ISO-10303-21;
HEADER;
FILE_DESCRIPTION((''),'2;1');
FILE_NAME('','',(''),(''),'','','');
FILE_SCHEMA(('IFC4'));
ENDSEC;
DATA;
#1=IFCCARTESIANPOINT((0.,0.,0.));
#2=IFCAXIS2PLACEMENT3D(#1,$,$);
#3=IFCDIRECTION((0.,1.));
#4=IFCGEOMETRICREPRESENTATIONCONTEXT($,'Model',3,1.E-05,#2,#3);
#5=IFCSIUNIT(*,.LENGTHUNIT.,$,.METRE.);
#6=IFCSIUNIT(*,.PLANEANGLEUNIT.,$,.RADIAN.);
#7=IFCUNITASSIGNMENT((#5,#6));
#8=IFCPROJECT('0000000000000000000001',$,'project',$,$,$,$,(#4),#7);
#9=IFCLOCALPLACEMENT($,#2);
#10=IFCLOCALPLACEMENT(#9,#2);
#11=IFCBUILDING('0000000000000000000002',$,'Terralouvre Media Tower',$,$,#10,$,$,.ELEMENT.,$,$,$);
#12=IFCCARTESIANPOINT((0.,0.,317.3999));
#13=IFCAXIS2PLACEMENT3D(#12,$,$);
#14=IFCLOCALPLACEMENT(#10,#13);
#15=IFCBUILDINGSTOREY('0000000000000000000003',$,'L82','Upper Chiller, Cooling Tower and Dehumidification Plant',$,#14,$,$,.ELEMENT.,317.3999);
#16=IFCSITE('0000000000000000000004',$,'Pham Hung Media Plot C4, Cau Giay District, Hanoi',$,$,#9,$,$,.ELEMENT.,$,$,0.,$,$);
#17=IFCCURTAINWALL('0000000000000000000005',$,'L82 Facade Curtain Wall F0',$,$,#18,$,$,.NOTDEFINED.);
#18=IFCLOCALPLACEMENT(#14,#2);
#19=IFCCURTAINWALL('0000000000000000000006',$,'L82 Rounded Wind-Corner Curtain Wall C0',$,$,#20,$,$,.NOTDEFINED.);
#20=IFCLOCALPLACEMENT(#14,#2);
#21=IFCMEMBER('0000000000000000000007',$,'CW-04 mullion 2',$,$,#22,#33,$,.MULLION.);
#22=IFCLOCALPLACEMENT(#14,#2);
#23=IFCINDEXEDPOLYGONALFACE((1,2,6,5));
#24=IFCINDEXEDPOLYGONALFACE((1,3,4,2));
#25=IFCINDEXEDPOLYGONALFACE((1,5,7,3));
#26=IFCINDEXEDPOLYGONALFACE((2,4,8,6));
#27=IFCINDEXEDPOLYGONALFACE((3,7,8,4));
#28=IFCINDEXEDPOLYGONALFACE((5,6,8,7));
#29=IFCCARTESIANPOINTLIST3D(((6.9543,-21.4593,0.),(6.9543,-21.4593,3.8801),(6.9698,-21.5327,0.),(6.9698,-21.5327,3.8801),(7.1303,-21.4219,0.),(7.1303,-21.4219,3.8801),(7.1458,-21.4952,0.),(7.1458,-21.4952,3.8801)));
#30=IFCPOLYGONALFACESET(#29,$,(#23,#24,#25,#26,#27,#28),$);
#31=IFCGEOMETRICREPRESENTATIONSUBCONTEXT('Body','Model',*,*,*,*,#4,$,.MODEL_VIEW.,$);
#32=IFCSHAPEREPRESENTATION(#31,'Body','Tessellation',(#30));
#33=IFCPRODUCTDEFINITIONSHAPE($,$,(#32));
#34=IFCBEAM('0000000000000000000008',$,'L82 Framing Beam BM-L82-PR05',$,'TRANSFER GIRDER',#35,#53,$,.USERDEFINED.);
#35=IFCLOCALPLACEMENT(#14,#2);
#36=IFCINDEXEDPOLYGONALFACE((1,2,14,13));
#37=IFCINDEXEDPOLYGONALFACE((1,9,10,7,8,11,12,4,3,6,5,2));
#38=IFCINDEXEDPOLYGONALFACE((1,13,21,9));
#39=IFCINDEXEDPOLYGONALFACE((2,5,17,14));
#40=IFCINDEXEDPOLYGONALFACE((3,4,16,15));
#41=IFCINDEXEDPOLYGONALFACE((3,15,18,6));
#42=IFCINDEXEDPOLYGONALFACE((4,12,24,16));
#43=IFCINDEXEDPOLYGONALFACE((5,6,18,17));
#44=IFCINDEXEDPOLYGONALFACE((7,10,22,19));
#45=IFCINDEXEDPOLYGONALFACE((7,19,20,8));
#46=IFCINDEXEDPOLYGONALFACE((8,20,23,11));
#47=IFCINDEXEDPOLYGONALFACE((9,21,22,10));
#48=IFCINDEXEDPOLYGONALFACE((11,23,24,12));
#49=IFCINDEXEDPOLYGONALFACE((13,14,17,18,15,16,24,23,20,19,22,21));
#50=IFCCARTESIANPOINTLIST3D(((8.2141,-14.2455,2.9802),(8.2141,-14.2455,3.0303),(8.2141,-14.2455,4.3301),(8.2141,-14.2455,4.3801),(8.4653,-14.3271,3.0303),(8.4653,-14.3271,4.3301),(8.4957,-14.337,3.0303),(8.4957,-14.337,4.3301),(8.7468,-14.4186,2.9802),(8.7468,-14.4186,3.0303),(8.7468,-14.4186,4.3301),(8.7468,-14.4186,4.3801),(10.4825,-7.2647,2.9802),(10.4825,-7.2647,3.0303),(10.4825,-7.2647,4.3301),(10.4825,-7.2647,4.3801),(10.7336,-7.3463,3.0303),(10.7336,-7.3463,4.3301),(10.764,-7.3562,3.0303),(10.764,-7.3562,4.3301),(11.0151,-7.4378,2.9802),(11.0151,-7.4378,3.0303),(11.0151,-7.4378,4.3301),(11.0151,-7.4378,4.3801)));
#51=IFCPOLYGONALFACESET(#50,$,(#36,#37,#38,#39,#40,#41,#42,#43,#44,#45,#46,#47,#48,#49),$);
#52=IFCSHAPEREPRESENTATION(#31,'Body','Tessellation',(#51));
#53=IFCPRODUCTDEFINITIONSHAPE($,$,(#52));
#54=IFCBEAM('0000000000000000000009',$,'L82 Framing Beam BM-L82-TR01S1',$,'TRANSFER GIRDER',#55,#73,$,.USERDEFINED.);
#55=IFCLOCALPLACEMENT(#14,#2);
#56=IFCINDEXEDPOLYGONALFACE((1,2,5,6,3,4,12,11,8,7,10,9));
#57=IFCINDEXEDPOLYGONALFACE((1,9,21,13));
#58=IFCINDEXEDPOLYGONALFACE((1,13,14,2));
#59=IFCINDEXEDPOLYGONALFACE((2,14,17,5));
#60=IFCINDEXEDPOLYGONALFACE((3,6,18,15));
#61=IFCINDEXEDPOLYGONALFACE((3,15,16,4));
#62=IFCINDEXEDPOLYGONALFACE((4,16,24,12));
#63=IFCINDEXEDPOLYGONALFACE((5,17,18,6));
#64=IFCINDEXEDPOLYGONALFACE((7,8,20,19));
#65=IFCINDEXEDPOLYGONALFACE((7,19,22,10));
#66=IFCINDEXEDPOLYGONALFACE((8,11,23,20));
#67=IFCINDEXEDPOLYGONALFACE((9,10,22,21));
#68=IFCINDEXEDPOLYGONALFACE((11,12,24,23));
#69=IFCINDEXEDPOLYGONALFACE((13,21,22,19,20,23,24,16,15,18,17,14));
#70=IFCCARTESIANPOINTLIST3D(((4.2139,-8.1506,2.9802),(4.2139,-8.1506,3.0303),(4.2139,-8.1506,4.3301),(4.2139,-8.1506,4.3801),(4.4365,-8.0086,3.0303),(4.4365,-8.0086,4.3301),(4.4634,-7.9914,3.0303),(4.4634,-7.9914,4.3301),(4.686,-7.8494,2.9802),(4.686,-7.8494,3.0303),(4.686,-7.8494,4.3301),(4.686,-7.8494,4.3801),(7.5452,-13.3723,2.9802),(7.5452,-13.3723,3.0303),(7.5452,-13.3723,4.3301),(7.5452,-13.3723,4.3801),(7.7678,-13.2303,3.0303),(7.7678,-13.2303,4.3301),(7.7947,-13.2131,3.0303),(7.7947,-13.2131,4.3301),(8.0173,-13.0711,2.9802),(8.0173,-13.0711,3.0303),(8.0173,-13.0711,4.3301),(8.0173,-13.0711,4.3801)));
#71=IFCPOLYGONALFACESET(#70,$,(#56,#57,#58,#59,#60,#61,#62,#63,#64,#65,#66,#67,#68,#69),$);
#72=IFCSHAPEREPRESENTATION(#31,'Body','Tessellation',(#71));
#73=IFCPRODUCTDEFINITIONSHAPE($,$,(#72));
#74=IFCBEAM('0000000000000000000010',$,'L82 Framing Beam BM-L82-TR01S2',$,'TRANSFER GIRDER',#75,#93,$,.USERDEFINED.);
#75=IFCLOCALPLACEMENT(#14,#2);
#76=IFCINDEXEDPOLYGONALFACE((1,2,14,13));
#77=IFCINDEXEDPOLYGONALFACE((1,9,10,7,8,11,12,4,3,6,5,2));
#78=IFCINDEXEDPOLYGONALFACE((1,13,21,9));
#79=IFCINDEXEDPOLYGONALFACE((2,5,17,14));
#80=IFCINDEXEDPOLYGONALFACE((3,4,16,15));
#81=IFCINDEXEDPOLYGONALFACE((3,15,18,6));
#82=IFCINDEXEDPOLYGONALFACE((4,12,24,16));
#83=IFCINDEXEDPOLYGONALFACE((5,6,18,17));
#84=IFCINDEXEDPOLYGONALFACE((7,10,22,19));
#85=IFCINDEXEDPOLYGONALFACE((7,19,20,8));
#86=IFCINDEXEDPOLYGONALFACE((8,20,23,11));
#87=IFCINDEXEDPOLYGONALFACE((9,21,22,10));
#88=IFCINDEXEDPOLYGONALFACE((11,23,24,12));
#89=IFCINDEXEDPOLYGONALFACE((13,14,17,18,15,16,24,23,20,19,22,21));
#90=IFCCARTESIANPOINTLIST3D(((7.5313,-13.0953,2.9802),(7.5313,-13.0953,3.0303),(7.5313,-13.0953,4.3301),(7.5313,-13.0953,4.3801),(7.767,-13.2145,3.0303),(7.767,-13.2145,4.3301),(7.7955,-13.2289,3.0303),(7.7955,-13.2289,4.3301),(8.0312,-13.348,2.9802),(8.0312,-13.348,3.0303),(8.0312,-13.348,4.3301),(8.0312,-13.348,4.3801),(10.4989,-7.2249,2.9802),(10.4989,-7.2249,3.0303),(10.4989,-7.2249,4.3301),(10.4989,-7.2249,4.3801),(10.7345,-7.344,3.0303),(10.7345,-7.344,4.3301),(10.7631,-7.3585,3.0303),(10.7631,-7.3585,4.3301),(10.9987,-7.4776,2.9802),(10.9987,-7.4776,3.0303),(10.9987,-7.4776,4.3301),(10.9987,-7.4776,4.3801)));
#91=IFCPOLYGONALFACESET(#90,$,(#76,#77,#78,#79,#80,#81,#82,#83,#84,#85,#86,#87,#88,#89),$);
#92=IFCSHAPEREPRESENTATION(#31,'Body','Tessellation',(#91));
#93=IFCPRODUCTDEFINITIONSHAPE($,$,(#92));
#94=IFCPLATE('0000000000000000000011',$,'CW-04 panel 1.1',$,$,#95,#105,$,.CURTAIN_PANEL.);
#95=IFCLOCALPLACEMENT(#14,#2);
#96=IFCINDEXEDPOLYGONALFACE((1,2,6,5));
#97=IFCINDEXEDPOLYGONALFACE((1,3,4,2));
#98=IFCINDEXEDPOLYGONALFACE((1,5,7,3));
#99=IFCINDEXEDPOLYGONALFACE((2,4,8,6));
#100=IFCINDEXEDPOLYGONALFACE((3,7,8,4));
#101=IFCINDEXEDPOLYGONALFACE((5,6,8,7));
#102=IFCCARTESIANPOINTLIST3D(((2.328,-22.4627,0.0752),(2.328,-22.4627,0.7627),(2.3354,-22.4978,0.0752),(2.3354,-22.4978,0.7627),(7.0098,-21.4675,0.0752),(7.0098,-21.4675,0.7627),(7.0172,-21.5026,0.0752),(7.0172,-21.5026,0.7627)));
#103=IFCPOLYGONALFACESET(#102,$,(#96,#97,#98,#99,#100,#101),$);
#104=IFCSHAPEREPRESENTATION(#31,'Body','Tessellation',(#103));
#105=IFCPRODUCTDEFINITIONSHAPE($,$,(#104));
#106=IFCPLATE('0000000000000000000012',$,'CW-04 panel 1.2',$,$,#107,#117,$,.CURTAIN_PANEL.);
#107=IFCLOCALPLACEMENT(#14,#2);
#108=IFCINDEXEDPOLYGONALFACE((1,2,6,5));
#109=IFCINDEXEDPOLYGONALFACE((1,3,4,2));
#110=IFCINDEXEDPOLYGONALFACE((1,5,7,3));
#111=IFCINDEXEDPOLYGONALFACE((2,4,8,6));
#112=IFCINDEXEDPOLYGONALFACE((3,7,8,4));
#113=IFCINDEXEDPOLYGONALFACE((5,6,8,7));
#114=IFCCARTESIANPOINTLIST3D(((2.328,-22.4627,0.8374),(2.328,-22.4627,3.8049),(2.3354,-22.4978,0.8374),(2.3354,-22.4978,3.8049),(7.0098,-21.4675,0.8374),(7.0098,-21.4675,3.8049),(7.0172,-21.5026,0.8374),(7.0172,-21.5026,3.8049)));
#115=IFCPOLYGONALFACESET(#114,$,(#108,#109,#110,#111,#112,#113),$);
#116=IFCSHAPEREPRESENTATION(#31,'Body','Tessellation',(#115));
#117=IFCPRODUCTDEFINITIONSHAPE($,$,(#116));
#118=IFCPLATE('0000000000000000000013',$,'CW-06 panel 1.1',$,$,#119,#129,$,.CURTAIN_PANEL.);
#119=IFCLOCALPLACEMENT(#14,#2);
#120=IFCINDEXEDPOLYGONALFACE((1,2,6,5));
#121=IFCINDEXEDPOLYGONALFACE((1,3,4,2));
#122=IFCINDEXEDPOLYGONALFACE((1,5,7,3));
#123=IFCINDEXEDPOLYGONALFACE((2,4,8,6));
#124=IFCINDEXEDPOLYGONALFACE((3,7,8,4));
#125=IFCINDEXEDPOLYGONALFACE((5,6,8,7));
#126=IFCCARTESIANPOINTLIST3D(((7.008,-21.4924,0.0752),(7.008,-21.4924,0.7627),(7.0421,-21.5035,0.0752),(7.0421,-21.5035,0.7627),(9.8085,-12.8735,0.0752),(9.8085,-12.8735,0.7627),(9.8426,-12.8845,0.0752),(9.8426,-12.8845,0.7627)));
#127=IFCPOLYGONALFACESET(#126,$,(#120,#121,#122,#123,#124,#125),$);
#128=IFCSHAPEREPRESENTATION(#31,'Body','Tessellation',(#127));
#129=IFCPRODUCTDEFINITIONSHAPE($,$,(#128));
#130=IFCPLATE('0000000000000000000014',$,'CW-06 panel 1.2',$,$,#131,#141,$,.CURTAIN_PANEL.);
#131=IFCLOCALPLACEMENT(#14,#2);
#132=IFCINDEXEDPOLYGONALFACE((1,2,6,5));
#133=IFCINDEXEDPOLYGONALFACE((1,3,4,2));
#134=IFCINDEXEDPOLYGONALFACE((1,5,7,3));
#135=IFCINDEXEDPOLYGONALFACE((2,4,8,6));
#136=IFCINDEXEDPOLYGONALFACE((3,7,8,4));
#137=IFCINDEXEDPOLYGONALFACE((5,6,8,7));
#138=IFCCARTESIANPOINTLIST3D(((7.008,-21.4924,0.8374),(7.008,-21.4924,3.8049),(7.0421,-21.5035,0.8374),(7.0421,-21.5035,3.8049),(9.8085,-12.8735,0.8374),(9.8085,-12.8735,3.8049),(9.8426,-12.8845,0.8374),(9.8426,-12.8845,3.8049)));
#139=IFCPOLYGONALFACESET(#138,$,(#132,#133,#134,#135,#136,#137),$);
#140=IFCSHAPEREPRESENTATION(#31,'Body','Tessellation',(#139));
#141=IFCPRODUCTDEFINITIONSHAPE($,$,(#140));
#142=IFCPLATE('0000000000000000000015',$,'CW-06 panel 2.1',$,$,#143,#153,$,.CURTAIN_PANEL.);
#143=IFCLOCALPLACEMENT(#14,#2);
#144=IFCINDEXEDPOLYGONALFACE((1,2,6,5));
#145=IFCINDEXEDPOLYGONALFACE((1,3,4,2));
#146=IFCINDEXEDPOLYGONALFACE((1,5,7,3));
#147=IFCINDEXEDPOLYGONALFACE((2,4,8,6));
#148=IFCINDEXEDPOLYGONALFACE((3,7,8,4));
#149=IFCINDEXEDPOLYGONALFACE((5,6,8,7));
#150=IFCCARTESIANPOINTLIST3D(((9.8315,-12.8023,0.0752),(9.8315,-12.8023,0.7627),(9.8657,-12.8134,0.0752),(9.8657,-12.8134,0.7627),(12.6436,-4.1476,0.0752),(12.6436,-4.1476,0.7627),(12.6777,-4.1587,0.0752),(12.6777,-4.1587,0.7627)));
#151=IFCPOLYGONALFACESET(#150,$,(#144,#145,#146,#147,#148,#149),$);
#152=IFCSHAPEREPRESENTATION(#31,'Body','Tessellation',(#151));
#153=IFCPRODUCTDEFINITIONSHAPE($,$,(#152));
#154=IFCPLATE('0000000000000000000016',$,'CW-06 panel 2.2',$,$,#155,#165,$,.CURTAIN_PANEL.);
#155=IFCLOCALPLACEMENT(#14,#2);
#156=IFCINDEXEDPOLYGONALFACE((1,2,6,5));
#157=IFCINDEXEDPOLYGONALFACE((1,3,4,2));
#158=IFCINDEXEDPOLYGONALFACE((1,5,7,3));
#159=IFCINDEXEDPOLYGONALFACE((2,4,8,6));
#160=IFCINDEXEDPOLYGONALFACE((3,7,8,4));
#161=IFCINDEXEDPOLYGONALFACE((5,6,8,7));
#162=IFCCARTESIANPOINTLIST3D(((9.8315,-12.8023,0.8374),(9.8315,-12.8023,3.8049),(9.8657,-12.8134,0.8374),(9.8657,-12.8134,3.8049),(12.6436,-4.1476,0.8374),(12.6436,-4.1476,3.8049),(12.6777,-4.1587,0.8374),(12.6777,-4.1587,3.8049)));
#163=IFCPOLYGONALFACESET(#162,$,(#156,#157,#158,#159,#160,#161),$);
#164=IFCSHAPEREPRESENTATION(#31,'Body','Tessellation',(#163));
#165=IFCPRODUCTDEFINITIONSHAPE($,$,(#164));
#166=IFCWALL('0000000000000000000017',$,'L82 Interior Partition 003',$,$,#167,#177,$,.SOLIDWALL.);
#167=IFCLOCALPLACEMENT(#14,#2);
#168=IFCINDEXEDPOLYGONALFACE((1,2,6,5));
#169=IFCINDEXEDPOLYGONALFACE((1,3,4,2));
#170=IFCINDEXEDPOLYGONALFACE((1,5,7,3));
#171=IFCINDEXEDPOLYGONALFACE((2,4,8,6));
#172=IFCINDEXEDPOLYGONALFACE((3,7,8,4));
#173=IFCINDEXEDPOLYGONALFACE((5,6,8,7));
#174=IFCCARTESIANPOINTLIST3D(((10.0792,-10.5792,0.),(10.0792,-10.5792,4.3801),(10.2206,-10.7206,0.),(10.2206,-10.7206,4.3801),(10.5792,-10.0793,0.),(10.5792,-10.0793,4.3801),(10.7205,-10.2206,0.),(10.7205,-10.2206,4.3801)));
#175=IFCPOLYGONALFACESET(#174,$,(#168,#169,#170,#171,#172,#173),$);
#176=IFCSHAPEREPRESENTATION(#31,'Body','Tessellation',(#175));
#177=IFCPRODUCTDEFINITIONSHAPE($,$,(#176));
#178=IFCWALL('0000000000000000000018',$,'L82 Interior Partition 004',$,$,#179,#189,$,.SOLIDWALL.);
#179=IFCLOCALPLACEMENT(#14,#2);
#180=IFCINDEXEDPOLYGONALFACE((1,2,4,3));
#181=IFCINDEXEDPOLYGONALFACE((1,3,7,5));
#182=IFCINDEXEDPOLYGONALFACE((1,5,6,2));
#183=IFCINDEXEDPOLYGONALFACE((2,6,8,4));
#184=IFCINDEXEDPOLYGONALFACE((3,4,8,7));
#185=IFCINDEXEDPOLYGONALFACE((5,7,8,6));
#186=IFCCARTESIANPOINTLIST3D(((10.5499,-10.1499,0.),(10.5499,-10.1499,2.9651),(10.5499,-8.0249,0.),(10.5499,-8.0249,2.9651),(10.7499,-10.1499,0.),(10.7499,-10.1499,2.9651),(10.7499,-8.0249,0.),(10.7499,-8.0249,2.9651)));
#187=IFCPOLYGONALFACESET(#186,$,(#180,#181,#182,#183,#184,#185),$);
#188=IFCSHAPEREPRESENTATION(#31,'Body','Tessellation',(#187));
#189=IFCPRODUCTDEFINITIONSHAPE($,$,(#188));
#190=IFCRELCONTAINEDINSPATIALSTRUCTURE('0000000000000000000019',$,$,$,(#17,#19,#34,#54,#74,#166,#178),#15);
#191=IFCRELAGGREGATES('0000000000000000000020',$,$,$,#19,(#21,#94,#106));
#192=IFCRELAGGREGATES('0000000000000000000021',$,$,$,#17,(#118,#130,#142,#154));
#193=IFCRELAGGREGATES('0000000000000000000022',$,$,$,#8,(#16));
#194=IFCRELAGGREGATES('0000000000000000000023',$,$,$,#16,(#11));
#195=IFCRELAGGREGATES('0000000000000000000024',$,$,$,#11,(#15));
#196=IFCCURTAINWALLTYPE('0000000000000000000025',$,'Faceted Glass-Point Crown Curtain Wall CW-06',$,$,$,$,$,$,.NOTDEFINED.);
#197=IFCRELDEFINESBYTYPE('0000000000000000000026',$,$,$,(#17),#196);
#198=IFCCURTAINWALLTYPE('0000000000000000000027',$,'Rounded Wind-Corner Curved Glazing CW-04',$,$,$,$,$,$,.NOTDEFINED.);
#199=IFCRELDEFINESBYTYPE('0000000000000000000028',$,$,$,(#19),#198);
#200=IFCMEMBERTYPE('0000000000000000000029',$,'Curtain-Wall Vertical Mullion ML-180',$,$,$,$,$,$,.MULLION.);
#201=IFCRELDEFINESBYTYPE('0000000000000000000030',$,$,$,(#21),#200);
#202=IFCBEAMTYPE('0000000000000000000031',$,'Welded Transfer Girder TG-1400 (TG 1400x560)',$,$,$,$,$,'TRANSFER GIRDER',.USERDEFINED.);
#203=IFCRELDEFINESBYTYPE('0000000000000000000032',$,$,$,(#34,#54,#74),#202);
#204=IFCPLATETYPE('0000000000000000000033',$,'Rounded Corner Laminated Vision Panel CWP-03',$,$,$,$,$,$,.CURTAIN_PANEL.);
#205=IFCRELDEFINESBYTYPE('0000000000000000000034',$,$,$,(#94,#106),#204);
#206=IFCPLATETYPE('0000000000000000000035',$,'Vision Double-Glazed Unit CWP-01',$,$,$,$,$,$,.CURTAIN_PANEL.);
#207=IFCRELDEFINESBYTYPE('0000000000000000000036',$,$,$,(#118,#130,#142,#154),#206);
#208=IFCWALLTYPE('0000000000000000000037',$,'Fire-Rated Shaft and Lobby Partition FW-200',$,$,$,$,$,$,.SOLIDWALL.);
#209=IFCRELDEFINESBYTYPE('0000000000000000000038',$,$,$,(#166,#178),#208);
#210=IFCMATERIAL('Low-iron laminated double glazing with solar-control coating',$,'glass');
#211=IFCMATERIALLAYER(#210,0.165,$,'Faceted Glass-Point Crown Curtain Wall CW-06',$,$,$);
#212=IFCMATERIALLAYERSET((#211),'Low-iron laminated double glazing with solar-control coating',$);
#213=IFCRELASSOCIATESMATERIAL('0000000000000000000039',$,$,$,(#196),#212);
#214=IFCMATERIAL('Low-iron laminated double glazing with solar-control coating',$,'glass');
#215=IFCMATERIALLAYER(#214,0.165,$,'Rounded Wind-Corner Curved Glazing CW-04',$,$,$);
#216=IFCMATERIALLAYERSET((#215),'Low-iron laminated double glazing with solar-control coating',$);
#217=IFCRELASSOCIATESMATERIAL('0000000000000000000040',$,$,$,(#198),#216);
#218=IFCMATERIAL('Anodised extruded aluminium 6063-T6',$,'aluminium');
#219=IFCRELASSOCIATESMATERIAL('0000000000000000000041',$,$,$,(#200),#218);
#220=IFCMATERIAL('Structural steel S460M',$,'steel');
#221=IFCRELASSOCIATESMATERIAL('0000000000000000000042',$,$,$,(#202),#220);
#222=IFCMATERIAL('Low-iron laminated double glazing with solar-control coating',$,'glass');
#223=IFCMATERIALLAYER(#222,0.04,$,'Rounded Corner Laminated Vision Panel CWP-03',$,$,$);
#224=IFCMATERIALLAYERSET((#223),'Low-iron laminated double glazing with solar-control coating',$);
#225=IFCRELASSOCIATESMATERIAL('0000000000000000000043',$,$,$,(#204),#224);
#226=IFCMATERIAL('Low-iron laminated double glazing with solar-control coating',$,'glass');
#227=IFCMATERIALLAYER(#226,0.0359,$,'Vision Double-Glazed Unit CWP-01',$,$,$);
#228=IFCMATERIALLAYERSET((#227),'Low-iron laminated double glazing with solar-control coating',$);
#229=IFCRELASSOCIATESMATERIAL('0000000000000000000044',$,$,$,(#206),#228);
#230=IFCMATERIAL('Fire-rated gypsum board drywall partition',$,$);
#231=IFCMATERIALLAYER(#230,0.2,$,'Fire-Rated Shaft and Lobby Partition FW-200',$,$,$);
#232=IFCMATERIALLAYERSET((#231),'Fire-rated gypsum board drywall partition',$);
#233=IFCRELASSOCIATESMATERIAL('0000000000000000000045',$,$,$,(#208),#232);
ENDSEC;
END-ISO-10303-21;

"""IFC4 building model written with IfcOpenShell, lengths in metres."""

from ifc_helpers import new_model, si_unit, direction, frame, frame_2d, origin, origin_2d, place, context, subcontext, project, spatial, rectangle, i_section, extrude, material, layer, layer_set, material_profile, profile_set, type_object, element, aggregate, save


model = new_model("IFC4")

# Units and contexts
model_context = context("Model", 3, precision=1e-05, world=origin(), true_north=direction((0.0, 1.0)))
body_context = subcontext(model_context, "Body", "Model", "MODEL_VIEW")
ifc_project = project(units=[si_unit("LENGTHUNIT", "METRE"), si_unit("PLANEANGLEUNIT", "RADIAN")], contexts=[model_context])

# Site, building, storey
site_placement = place(None, origin())
site = spatial("IfcSite", under=ifc_project, at=site_placement, Name="Pham Hung Media Plot C4, Cau Giay District, Hanoi", CompositionType="ELEMENT", RefElevation=0.0)
building_placement = place(site_placement, origin())
building = spatial("IfcBuilding", under=site, at=building_placement, Name="Terralouvre Media Tower", CompositionType="ELEMENT")
storey_placement = place(building_placement, frame((0.0, 0.0, 317.3999)))
storey = spatial("IfcBuildingStorey", under=building, at=storey_placement, Name="L82", Description="Upper Chiller, Cooling Tower and Dehumidification Plant", CompositionType="ELEMENT", Elevation=317.3999)

# Curtain walls
ifc_material_1 = material(Name="Low-iron laminated double glazing with solar-control coating", Category="glass")
ifc_layer_1 = layer(ifc_material_1, 0.165, Name="Faceted Glass-Point Crown Curtain Wall CW-06")
ifc_layer_set_1 = layer_set([ifc_layer_1], Name="Low-iron laminated double glazing with solar-control coating")
curtain_wall_type_1 = type_object("IfcCurtainWallType", Name="Faceted Glass-Point Crown Curtain Wall CW-06", PredefinedType="NOTDEFINED", material=ifc_layer_set_1)
curtain_wall_1_placement = place(storey_placement, origin())
curtain_wall_1 = element("IfcCurtainWall", 1, at=curtain_wall_1_placement, inside=storey, type_object=curtain_wall_type_1, Name="L82 Facade Curtain Wall F0", PredefinedType="NOTDEFINED")
ifc_material_2 = material(Name="Low-iron laminated double glazing with solar-control coating", Category="glass")
ifc_layer_2 = layer(ifc_material_2, 0.165, Name="Rounded Wind-Corner Curved Glazing CW-04")
ifc_layer_set_2 = layer_set([ifc_layer_2], Name="Low-iron laminated double glazing with solar-control coating")
curtain_wall_type_2 = type_object("IfcCurtainWallType", Name="Rounded Wind-Corner Curved Glazing CW-04", PredefinedType="NOTDEFINED", material=ifc_layer_set_2)
curtain_wall_2_placement = place(storey_placement, origin())
curtain_wall_2 = element("IfcCurtainWall", 2, at=curtain_wall_2_placement, inside=storey, type_object=curtain_wall_type_2, Name="L82 Rounded Wind-Corner Curtain Wall C0", PredefinedType="NOTDEFINED")

# Shared definitions
ifc_material_3 = material(Name="Anodised extruded aluminium 6063-T6", Category="aluminium")
ifc_material_profile_1 = material_profile(ifc_material_3, rectangle(XDim=0.075, YDim=0.1799, at=origin_2d()), Name="ALU 75x180")
ifc_profile_set_1 = profile_set([ifc_material_profile_1], Name="Anodised extruded aluminium 6063-T6")
member_type_1 = type_object("IfcMemberType", Name="Curtain-Wall Vertical Mullion ML-180", PredefinedType="MULLION", material=ifc_profile_set_1)

# Member
member_1_placement = place(storey_placement, frame((7.05, -21.4773, 0.0), z_axis=(0.0, 0.0, 1.0), x_axis=(-0.207911, 0.978148, 0.0)))
member_1 = element("IfcMember", 3, at=member_1_placement, type_object=member_type_1, Name="CW-04 mullion 2", PredefinedType="MULLION", context=body_context, shape_type="SweptSolid", body=[
    extrude(rectangle(XDim=0.075, YDim=0.1799, at=origin_2d()), origin(), (0.0, 0.0, 1.0), 3.8801),
])

# Beams
ifc_material_4 = material(Name="Structural steel S460M", Category="steel")
ifc_material_profile_2 = material_profile(ifc_material_4, i_section(OverallWidth=0.5601, OverallDepth=1.3999, WebThickness=0.032, FlangeThickness=0.05, at=origin_2d()), Name="TG 1400x560")
ifc_profile_set_2 = profile_set([ifc_material_profile_2], Name="Structural steel S460M")
beam_type = type_object("IfcBeamType", Name="Welded Transfer Girder TG-1400 (TG 1400x560)", ElementType="TRANSFER GIRDER", PredefinedType="USERDEFINED", material=ifc_profile_set_2)
beam_1_placement = place(storey_placement, frame((8.4805, -14.332, 3.6802), z_axis=(0.309034, 0.951051, 0.0), x_axis=(-0.951051, 0.309034, 0.0)))
element("IfcBeam", 4, at=beam_1_placement, inside=storey, type_object=beam_type, Name="L82 Framing Beam BM-L82-PR05", ObjectType="TRANSFER GIRDER", PredefinedType="USERDEFINED", context=body_context, shape_type="SweptSolid", body=[
    extrude(i_section(OverallWidth=0.5601, OverallDepth=1.3999, WebThickness=0.032, FlangeThickness=0.05, at=origin_2d()), origin(), (0.0, 0.0, 1.0), 7.3401),
])
beam_2_placement = place(storey_placement, frame((7.7812, -13.2217, 3.6802), z_axis=(-0.537842, 0.843046, 0.0), x_axis=(-0.843046, -0.537842, 0.0)))
element("IfcBeam", 5, at=beam_2_placement, inside=storey, type_object=beam_type, Name="L82 Framing Beam BM-L82-TR01S1", ObjectType="TRANSFER GIRDER", PredefinedType="USERDEFINED", context=body_context, shape_type="SweptSolid", body=[
    extrude(i_section(OverallWidth=0.5601, OverallDepth=1.3999, WebThickness=0.032, FlangeThickness=0.05, at=origin_2d()), origin(), (0.0, 0.0, 1.0), 6.1938),
])
beam_3_placement = place(storey_placement, frame((7.7812, -13.2217, 3.6802), z_axis=(0.451144, 0.892451, 0.0), x_axis=(-0.892451, 0.451144, 0.0)))
element("IfcBeam", 6, at=beam_3_placement, inside=storey, type_object=beam_type, Name="L82 Framing Beam BM-L82-TR01S2", ObjectType="TRANSFER GIRDER", PredefinedType="USERDEFINED", context=body_context, shape_type="SweptSolid", body=[
    extrude(i_section(OverallWidth=0.5601, OverallDepth=1.3999, WebThickness=0.032, FlangeThickness=0.05, at=origin_2d()), origin(), (0.0, 0.0, 1.0), 6.5779),
])

# Plates
ifc_material_5 = material(Name="Low-iron laminated double glazing with solar-control coating", Category="glass")
ifc_layer_3 = layer(ifc_material_5, 0.04, Name="Rounded Corner Laminated Vision Panel CWP-03")
ifc_layer_set_3 = layer_set([ifc_layer_3], Name="Low-iron laminated double glazing with solar-control coating")
plate_type_1 = type_object("IfcPlateType", Name="Rounded Corner Laminated Vision Panel CWP-03", PredefinedType="CURTAIN_PANEL", material=ifc_layer_set_3)
plate_1_placement = place(storey_placement, frame((4.6726, -21.9827, 0.0752), z_axis=(0.0, 0.0, 1.0), x_axis=(0.978148, 0.207911, 0.0)))
plate_1 = element("IfcPlate", 7, at=plate_1_placement, type_object=plate_type_1, Name="CW-04 panel 1.1", PredefinedType="CURTAIN_PANEL", context=body_context, shape_type="SweptSolid", body=[
    extrude(rectangle(XDim=4.7864, YDim=0.0359, at=origin_2d()), origin(), (0.0, 0.0, 1.0), 0.6875),
])
plate_2_placement = place(storey_placement, frame((4.6726, -21.9827, 0.8374), z_axis=(0.0, 0.0, 1.0), x_axis=(0.978148, 0.207911, 0.0)))
plate_2 = element("IfcPlate", 8, at=plate_2_placement, type_object=plate_type_1, Name="CW-04 panel 1.2", PredefinedType="CURTAIN_PANEL", context=body_context, shape_type="SweptSolid", body=[
    extrude(rectangle(XDim=4.7864, YDim=0.0359, at=origin_2d()), origin(), (0.0, 0.0, 1.0), 2.9675),
])
aggregate(curtain_wall_2, [member_1, plate_1, plate_2])
ifc_material_6 = material(Name="Low-iron laminated double glazing with solar-control coating", Category="glass")
ifc_layer_4 = layer(ifc_material_6, 0.0359, Name="Vision Double-Glazed Unit CWP-01")
ifc_layer_set_4 = layer_set([ifc_layer_4], Name="Low-iron laminated double glazing with solar-control coating")
plate_type_2 = type_object("IfcPlateType", Name="Vision Double-Glazed Unit CWP-01", PredefinedType="CURTAIN_PANEL", material=ifc_layer_set_4)
plate_3_placement = place(storey_placement, frame((8.4253, -17.1885, 0.0752), z_axis=(0.0, 0.0, 1.0), x_axis=(0.309017, 0.951056, 0.0)))
plate_3 = element("IfcPlate", 9, at=plate_3_placement, type_object=plate_type_2, Name="CW-06 panel 1.1", PredefinedType="CURTAIN_PANEL", context=body_context, shape_type="SweptSolid", body=[
    extrude(rectangle(XDim=9.0625, YDim=0.0359, at=origin_2d()), origin(), (0.0, 0.0, 1.0), 0.6875),
])
plate_4_placement = place(storey_placement, frame((8.4253, -17.1885, 0.8374), z_axis=(0.0, 0.0, 1.0), x_axis=(0.309017, 0.951056, 0.0)))
plate_4 = element("IfcPlate", 10, at=plate_4_placement, type_object=plate_type_2, Name="CW-06 panel 1.2", PredefinedType="CURTAIN_PANEL", context=body_context, shape_type="SweptSolid", body=[
    extrude(rectangle(XDim=9.0625, YDim=0.0359, at=origin_2d()), origin(), (0.0, 0.0, 1.0), 2.9675),
])
plate_5_placement = place(storey_placement, frame((11.2546, -8.4805, 0.0752), z_axis=(0.0, 0.0, 1.0), x_axis=(0.309017, 0.951056, 0.0)))
plate_5 = element("IfcPlate", 11, at=plate_5_placement, type_object=plate_type_2, Name="CW-06 panel 2.1", PredefinedType="CURTAIN_PANEL", context=body_context, shape_type="SweptSolid", body=[
    extrude(rectangle(XDim=9.1001, YDim=0.0359, at=origin_2d()), origin(), (0.0, 0.0, 1.0), 0.6875),
])
plate_6_placement = place(storey_placement, frame((11.2546, -8.4805, 0.8374), z_axis=(0.0, 0.0, 1.0), x_axis=(0.309017, 0.951056, 0.0)))
plate_6 = element("IfcPlate", 12, at=plate_6_placement, type_object=plate_type_2, Name="CW-06 panel 2.2", PredefinedType="CURTAIN_PANEL", context=body_context, shape_type="SweptSolid", body=[
    extrude(rectangle(XDim=9.1001, YDim=0.0359, at=origin_2d()), origin(), (0.0, 0.0, 1.0), 2.9675),
])
aggregate(curtain_wall_1, [plate_3, plate_4, plate_5, plate_6])

# Walls
ifc_material_7 = material(Name="Fire-rated gypsum board drywall partition")
ifc_layer_5 = layer(ifc_material_7, 0.2, Name="Fire-Rated Shaft and Lobby Partition FW-200")
ifc_layer_set_5 = layer_set([ifc_layer_5], Name="Fire-rated gypsum board drywall partition")
wall_type = type_object("IfcWallType", Name="Fire-Rated Shaft and Lobby Partition FW-200", PredefinedType="SOLIDWALL", material=ifc_layer_set_5)
wall_1_placement = place(storey_placement, frame((10.1499, -10.6499, 0.0), z_axis=(0.0, 0.0, 1.0), x_axis=(0.707107, 0.707107, 0.0)))
element("IfcWall", 13, at=wall_1_placement, inside=storey, type_object=wall_type, Name="L82 Interior Partition 003", PredefinedType="SOLIDWALL", context=body_context, shape_type="SweptSolid", body=[
    extrude(rectangle(XDim=0.707, YDim=0.2, at=frame_2d((0.3535, 0.0))), origin(), (0.0, 0.0, 1.0), 4.3801),
])
wall_2_placement = place(storey_placement, frame((10.6499, -10.1499, 0.0), z_axis=(0.0, 0.0, 1.0), x_axis=(0.0, 1.0, 0.0)))
element("IfcWall", 14, at=wall_2_placement, inside=storey, type_object=wall_type, Name="L82 Interior Partition 004", PredefinedType="SOLIDWALL", context=body_context, shape_type="SweptSolid", body=[
    extrude(rectangle(XDim=2.125, YDim=0.2, at=frame_2d((1.0625, 0.0))), origin(), (0.0, 0.0, 1.0), 2.9651),
])

save(model, "model.ifc")
